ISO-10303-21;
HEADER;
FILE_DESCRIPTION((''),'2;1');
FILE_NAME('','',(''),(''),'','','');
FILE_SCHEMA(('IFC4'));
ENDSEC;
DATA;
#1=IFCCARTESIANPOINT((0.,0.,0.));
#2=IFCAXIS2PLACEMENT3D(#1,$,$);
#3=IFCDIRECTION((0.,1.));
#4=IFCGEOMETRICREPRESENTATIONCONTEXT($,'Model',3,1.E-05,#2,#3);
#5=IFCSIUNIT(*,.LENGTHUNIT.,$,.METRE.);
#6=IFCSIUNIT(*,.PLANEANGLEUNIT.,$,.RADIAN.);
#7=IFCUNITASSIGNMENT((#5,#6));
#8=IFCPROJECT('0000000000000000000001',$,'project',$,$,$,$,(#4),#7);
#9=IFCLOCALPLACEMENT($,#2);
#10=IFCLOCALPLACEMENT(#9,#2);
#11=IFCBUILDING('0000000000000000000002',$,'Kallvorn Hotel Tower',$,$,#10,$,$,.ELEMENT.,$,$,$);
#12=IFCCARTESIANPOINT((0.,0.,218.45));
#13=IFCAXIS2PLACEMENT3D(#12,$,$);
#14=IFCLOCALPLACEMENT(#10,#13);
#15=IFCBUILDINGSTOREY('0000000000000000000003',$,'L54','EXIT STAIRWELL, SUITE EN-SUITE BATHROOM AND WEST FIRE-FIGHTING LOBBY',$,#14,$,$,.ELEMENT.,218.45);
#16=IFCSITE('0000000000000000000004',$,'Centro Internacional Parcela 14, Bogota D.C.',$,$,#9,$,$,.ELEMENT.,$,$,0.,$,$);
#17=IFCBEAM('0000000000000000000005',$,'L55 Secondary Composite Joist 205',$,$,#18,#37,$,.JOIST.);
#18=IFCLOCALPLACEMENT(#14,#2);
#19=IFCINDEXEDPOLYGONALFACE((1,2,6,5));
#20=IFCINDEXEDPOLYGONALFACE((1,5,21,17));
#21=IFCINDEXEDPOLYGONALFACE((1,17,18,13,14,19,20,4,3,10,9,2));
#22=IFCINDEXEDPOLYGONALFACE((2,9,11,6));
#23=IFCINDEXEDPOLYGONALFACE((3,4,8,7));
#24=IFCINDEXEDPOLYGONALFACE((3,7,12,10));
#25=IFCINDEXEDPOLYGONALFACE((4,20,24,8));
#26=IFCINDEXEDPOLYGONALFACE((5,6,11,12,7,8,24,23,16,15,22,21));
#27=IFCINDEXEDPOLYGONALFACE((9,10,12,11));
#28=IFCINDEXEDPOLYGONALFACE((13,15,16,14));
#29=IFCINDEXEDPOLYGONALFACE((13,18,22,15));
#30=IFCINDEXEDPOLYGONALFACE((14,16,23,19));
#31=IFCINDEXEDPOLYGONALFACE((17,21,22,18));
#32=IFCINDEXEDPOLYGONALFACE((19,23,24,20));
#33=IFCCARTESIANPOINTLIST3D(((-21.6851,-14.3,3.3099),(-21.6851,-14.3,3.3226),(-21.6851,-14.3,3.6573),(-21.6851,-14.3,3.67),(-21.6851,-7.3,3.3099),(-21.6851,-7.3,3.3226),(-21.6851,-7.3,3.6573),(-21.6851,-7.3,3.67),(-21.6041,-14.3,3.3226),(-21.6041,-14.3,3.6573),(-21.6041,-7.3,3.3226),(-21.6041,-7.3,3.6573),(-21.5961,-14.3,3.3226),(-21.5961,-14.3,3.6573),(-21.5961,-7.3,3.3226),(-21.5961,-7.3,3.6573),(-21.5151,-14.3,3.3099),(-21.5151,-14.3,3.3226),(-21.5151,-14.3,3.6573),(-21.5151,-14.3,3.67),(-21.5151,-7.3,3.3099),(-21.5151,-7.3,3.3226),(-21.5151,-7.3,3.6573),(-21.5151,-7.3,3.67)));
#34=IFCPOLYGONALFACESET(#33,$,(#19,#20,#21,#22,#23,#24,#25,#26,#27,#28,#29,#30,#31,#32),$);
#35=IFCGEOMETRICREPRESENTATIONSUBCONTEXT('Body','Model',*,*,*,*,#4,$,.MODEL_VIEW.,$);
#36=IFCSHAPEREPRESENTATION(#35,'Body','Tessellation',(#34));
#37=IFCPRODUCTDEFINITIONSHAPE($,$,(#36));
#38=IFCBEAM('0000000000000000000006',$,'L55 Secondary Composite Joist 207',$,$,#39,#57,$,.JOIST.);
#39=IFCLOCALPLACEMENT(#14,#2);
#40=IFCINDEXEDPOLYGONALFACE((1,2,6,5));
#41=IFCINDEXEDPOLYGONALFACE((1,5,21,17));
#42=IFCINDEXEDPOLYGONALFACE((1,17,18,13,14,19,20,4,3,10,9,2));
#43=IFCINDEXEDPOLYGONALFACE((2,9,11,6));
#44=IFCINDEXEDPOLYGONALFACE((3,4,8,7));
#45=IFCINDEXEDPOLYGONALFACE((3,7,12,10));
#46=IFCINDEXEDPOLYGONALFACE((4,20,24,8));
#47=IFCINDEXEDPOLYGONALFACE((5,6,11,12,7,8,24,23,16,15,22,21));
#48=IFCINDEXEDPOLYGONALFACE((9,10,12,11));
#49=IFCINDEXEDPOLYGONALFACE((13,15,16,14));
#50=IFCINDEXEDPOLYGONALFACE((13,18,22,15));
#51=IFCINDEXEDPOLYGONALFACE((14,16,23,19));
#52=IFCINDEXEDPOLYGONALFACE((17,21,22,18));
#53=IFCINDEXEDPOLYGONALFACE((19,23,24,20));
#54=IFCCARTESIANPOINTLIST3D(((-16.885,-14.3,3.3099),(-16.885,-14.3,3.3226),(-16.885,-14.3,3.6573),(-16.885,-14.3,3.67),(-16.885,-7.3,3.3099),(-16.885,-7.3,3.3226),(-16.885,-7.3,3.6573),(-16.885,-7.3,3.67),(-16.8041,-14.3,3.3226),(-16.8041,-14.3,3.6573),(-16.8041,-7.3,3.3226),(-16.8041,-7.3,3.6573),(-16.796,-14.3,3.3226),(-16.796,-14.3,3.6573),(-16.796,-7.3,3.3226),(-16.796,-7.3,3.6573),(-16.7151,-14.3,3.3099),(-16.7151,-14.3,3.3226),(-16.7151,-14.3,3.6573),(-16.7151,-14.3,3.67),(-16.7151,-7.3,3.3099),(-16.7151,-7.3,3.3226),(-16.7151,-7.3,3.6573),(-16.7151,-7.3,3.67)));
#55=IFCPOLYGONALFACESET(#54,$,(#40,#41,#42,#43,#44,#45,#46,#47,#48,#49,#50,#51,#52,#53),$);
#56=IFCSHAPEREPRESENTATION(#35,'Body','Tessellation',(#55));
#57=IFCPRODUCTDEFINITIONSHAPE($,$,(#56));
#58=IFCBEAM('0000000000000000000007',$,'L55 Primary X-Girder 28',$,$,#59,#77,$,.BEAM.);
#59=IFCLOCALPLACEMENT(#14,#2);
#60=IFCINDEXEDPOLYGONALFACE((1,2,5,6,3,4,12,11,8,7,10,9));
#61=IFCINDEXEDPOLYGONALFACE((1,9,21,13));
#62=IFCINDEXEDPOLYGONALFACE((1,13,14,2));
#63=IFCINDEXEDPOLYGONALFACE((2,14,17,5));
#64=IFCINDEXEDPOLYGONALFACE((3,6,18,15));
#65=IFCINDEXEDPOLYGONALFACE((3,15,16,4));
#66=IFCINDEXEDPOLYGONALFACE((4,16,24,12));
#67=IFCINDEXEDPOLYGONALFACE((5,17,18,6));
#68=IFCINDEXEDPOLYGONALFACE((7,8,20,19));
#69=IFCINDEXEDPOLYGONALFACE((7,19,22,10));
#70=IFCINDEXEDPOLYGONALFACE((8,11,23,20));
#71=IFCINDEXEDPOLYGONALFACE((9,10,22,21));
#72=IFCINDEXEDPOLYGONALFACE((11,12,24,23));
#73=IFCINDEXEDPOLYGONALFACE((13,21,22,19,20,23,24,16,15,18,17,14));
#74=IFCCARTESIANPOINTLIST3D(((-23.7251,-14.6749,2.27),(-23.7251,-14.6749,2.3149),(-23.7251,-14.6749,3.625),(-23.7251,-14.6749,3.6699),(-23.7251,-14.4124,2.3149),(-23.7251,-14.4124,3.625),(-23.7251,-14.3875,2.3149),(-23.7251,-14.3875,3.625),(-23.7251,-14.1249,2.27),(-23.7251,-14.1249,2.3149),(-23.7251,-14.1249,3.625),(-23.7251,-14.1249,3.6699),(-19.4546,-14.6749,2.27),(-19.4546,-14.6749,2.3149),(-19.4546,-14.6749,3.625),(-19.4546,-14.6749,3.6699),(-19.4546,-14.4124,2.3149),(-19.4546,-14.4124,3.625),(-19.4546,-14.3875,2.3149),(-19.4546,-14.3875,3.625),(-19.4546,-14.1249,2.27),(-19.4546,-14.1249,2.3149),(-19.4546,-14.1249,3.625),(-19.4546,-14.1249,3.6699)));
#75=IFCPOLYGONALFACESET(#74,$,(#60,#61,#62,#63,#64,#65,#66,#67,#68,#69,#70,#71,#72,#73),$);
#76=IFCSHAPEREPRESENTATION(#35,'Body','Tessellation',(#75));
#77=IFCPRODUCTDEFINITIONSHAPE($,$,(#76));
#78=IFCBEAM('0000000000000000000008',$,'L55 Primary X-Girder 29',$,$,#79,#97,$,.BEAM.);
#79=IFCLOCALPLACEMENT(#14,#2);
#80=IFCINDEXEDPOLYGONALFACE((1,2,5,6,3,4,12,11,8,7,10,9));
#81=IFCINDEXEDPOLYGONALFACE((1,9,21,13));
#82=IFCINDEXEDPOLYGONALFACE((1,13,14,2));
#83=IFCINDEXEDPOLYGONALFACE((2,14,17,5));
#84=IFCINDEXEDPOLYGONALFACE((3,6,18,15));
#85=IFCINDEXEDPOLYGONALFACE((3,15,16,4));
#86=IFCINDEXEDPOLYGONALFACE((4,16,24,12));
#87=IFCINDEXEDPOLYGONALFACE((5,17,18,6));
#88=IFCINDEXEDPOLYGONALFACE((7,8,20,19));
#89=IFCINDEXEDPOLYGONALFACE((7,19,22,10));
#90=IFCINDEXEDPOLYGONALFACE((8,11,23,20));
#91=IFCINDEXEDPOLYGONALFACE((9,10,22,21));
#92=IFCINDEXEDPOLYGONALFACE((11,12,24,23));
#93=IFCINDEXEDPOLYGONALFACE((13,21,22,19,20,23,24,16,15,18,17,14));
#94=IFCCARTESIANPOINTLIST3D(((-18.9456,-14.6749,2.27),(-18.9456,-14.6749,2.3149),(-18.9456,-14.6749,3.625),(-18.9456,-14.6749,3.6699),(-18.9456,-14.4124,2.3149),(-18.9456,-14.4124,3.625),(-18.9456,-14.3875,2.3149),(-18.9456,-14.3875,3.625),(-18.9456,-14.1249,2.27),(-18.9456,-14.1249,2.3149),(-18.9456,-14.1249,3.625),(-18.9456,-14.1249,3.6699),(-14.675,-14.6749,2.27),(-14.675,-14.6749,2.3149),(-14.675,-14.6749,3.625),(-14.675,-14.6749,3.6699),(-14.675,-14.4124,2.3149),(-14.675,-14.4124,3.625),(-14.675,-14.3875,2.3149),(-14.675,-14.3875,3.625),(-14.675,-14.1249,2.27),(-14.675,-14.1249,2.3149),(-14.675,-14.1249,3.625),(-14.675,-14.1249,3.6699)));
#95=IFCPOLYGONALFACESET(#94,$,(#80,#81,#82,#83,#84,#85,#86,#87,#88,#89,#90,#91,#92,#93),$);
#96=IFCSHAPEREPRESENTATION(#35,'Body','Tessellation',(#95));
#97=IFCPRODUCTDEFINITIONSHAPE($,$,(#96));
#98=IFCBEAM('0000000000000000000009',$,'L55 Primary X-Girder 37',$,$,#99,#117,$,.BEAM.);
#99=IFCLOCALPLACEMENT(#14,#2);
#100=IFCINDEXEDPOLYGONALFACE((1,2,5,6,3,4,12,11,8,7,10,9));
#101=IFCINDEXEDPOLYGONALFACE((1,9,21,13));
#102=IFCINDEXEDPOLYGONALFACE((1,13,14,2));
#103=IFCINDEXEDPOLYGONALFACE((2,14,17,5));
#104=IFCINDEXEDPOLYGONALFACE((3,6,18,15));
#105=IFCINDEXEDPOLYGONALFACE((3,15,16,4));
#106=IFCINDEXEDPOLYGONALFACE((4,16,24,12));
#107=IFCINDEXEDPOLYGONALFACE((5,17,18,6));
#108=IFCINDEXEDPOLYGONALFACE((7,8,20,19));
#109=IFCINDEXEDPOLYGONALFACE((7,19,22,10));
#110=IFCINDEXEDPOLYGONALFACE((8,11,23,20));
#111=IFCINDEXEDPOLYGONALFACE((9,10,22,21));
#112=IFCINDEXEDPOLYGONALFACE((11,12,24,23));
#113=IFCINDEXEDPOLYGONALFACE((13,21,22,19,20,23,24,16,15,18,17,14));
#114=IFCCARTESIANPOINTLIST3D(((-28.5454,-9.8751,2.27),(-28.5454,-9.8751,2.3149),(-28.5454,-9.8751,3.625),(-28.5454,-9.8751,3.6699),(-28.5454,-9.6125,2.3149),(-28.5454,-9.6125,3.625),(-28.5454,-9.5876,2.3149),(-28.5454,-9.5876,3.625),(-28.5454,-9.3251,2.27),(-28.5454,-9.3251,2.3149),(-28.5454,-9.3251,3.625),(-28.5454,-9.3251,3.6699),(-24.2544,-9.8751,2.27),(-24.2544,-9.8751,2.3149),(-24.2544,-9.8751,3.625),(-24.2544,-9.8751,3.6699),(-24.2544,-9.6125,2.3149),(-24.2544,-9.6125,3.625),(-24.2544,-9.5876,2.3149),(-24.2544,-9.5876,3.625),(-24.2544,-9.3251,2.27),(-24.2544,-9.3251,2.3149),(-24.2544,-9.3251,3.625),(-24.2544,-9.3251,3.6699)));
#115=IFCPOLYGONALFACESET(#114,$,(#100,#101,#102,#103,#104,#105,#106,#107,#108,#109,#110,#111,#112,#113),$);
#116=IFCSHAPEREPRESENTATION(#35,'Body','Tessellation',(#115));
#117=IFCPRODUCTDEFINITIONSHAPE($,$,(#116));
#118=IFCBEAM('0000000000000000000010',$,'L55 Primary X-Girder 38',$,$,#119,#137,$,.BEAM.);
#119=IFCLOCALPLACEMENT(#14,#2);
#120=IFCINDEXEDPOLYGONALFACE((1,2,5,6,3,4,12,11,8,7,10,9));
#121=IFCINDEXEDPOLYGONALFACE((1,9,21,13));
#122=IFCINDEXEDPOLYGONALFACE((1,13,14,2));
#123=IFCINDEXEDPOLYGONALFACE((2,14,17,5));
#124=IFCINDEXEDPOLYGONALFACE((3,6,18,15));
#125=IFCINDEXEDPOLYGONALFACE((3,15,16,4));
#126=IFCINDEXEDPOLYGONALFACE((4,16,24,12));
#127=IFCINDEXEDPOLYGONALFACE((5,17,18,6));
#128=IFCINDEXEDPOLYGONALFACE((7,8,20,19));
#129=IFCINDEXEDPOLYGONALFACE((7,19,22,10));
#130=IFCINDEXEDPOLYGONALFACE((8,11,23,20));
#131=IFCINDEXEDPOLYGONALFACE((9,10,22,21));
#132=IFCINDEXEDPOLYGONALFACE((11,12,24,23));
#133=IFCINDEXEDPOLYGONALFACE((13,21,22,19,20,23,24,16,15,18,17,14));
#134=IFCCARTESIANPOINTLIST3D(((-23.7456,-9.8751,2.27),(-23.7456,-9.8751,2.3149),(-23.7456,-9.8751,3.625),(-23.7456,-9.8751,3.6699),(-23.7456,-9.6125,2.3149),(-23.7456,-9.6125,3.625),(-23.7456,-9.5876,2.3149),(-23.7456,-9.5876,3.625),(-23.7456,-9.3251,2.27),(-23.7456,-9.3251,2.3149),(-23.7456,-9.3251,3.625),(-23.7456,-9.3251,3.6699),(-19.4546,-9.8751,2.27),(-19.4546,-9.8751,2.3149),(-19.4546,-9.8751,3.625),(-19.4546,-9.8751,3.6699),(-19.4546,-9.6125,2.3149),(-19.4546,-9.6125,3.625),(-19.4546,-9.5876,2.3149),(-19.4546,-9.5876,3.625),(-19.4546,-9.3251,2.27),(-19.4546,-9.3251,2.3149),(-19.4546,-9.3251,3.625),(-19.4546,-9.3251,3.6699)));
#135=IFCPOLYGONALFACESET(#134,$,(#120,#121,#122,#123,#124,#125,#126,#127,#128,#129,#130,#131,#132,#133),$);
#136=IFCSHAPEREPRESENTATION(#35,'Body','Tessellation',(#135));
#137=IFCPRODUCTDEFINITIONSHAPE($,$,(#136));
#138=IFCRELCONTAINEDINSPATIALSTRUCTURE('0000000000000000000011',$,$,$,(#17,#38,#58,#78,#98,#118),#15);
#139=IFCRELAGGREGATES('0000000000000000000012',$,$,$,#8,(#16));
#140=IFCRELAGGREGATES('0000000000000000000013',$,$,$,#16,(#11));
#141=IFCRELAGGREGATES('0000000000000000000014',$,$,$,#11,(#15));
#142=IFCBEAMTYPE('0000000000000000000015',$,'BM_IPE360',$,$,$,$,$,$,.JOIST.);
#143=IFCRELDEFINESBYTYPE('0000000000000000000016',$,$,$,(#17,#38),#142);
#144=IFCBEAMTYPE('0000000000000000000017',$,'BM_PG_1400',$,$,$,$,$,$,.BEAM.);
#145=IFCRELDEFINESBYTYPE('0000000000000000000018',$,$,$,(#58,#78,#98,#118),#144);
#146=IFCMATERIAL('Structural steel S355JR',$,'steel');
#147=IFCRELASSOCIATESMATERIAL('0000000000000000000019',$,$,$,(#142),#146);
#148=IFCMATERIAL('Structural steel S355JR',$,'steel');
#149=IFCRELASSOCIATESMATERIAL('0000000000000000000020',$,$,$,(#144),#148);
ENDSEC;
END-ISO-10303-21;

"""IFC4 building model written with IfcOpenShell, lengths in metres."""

from ifc_helpers import new_model, si_unit, direction, frame, origin, origin_2d, place, context, subcontext, project, spatial, i_section, extrude, material, material_profile, profile_set, type_object, element, save


model = new_model("IFC4")

# Units and contexts
model_context = context("Model", 3, precision=1e-05, world=origin(), true_north=direction((0.0, 1.0)))
body_context = subcontext(model_context, "Body", "Model", "MODEL_VIEW")
ifc_project = project(units=[si_unit("LENGTHUNIT", "METRE"), si_unit("PLANEANGLEUNIT", "RADIAN")], contexts=[model_context])

# Site, building, storey
site_placement = place(None, origin())
site = spatial("IfcSite", under=ifc_project, at=site_placement, Name="Centro Internacional Parcela 14, Bogota D.C.", CompositionType="ELEMENT", RefElevation=0.0)
building_placement = place(site_placement, origin())
building = spatial("IfcBuilding", under=site, at=building_placement, Name="Kallvorn Hotel Tower", CompositionType="ELEMENT")
storey_placement = place(building_placement, frame((0.0, 0.0, 218.45)))
storey = spatial("IfcBuildingStorey", under=building, at=storey_placement, Name="L54", Description="EXIT STAIRWELL, SUITE EN-SUITE BATHROOM AND WEST FIRE-FIGHTING LOBBY", CompositionType="ELEMENT", Elevation=218.45)

# Beams
ifc_material_1 = material(Name="Structural steel S355JR", Category="steel")
ifc_material_profile_1 = material_profile(ifc_material_1, i_section(OverallWidth=0.1699, OverallDepth=0.3601, WebThickness=0.0081, FlangeThickness=0.0127, at=origin_2d()), Name="IPE 360")
ifc_profile_set_1 = profile_set([ifc_material_profile_1], Name="Structural steel S355JR")
beam_type_1 = type_object("IfcBeamType", Name="BM_IPE360", PredefinedType="JOIST", material=ifc_profile_set_1)
for number, where, z_axis, x_axis, name in (
    (1, (-21.6001, -14.3, 3.49), (0.0, 1.0, 0.0), (-1.0, 0.0, 0.0), "L55 Secondary Composite Joist 205"),
    (2, (-16.8, -14.3, 3.49), (0.0, 1.0, 0.0), (-1.0, 0.0, 0.0), "L55 Secondary Composite Joist 207"),
):
    element("IfcBeam", number, at=place(storey_placement, frame(where, z_axis=z_axis, x_axis=x_axis)), inside=storey, type_object=beam_type_1, Name=name, PredefinedType="JOIST", context=body_context, shape_type="SweptSolid", body=[
        extrude(i_section(OverallWidth=0.1699, OverallDepth=0.3601, WebThickness=0.0081, FlangeThickness=0.0127, at=origin_2d()), origin(), (0.0, 0.0, 1.0), 7.0),
    ])
ifc_material_2 = material(Name="Structural steel S355JR", Category="steel")
ifc_material_profile_2 = material_profile(ifc_material_2, i_section(OverallWidth=0.55, OverallDepth=1.3999, WebThickness=0.0249, FlangeThickness=0.0449, at=origin_2d()), Name="PG 1400x550x25x45")
ifc_profile_set_2 = profile_set([ifc_material_profile_2], Name="Structural steel S355JR")
beam_type_2 = type_object("IfcBeamType", Name="BM_PG_1400", PredefinedType="BEAM", material=ifc_profile_set_2)
for number, where, z_axis, x_axis, name in (
    (3, (-23.7251, -14.3999, 2.97), (1.0, 0.0, 0.0), (0.0, 1.0, 0.0), "L55 Primary X-Girder 28"),
    (4, (-18.9456, -14.3999, 2.97), (1.0, 0.0, 0.0), (0.0, 1.0, 0.0), "L55 Primary X-Girder 29"),
):
    element("IfcBeam", number, at=place(storey_placement, frame(where, z_axis=z_axis, x_axis=x_axis)), inside=storey, type_object=beam_type_2, Name=name, PredefinedType="BEAM", context=body_context, shape_type="SweptSolid", body=[
        extrude(i_section(OverallWidth=0.55, OverallDepth=1.3999, WebThickness=0.0249, FlangeThickness=0.0449, at=origin_2d()), origin(), (0.0, 0.0, 1.0), 4.2705),
    ])
for number, where, z_axis, x_axis, name in (
    (5, (-28.5454, -9.6001, 2.97), (1.0, 0.0, 0.0), (0.0, 1.0, 0.0), "L55 Primary X-Girder 37"),
    (6, (-23.7456, -9.6001, 2.97), (1.0, 0.0, 0.0), (0.0, 1.0, 0.0), "L55 Primary X-Girder 38"),
):
    element("IfcBeam", number, at=place(storey_placement, frame(where, z_axis=z_axis, x_axis=x_axis)), inside=storey, type_object=beam_type_2, Name=name, PredefinedType="BEAM", context=body_context, shape_type="SweptSolid", body=[
        extrude(i_section(OverallWidth=0.55, OverallDepth=1.3999, WebThickness=0.0249, FlangeThickness=0.0449, at=origin_2d()), origin(), (0.0, 0.0, 1.0), 4.291),
    ])

save(model, "model.ifc")
